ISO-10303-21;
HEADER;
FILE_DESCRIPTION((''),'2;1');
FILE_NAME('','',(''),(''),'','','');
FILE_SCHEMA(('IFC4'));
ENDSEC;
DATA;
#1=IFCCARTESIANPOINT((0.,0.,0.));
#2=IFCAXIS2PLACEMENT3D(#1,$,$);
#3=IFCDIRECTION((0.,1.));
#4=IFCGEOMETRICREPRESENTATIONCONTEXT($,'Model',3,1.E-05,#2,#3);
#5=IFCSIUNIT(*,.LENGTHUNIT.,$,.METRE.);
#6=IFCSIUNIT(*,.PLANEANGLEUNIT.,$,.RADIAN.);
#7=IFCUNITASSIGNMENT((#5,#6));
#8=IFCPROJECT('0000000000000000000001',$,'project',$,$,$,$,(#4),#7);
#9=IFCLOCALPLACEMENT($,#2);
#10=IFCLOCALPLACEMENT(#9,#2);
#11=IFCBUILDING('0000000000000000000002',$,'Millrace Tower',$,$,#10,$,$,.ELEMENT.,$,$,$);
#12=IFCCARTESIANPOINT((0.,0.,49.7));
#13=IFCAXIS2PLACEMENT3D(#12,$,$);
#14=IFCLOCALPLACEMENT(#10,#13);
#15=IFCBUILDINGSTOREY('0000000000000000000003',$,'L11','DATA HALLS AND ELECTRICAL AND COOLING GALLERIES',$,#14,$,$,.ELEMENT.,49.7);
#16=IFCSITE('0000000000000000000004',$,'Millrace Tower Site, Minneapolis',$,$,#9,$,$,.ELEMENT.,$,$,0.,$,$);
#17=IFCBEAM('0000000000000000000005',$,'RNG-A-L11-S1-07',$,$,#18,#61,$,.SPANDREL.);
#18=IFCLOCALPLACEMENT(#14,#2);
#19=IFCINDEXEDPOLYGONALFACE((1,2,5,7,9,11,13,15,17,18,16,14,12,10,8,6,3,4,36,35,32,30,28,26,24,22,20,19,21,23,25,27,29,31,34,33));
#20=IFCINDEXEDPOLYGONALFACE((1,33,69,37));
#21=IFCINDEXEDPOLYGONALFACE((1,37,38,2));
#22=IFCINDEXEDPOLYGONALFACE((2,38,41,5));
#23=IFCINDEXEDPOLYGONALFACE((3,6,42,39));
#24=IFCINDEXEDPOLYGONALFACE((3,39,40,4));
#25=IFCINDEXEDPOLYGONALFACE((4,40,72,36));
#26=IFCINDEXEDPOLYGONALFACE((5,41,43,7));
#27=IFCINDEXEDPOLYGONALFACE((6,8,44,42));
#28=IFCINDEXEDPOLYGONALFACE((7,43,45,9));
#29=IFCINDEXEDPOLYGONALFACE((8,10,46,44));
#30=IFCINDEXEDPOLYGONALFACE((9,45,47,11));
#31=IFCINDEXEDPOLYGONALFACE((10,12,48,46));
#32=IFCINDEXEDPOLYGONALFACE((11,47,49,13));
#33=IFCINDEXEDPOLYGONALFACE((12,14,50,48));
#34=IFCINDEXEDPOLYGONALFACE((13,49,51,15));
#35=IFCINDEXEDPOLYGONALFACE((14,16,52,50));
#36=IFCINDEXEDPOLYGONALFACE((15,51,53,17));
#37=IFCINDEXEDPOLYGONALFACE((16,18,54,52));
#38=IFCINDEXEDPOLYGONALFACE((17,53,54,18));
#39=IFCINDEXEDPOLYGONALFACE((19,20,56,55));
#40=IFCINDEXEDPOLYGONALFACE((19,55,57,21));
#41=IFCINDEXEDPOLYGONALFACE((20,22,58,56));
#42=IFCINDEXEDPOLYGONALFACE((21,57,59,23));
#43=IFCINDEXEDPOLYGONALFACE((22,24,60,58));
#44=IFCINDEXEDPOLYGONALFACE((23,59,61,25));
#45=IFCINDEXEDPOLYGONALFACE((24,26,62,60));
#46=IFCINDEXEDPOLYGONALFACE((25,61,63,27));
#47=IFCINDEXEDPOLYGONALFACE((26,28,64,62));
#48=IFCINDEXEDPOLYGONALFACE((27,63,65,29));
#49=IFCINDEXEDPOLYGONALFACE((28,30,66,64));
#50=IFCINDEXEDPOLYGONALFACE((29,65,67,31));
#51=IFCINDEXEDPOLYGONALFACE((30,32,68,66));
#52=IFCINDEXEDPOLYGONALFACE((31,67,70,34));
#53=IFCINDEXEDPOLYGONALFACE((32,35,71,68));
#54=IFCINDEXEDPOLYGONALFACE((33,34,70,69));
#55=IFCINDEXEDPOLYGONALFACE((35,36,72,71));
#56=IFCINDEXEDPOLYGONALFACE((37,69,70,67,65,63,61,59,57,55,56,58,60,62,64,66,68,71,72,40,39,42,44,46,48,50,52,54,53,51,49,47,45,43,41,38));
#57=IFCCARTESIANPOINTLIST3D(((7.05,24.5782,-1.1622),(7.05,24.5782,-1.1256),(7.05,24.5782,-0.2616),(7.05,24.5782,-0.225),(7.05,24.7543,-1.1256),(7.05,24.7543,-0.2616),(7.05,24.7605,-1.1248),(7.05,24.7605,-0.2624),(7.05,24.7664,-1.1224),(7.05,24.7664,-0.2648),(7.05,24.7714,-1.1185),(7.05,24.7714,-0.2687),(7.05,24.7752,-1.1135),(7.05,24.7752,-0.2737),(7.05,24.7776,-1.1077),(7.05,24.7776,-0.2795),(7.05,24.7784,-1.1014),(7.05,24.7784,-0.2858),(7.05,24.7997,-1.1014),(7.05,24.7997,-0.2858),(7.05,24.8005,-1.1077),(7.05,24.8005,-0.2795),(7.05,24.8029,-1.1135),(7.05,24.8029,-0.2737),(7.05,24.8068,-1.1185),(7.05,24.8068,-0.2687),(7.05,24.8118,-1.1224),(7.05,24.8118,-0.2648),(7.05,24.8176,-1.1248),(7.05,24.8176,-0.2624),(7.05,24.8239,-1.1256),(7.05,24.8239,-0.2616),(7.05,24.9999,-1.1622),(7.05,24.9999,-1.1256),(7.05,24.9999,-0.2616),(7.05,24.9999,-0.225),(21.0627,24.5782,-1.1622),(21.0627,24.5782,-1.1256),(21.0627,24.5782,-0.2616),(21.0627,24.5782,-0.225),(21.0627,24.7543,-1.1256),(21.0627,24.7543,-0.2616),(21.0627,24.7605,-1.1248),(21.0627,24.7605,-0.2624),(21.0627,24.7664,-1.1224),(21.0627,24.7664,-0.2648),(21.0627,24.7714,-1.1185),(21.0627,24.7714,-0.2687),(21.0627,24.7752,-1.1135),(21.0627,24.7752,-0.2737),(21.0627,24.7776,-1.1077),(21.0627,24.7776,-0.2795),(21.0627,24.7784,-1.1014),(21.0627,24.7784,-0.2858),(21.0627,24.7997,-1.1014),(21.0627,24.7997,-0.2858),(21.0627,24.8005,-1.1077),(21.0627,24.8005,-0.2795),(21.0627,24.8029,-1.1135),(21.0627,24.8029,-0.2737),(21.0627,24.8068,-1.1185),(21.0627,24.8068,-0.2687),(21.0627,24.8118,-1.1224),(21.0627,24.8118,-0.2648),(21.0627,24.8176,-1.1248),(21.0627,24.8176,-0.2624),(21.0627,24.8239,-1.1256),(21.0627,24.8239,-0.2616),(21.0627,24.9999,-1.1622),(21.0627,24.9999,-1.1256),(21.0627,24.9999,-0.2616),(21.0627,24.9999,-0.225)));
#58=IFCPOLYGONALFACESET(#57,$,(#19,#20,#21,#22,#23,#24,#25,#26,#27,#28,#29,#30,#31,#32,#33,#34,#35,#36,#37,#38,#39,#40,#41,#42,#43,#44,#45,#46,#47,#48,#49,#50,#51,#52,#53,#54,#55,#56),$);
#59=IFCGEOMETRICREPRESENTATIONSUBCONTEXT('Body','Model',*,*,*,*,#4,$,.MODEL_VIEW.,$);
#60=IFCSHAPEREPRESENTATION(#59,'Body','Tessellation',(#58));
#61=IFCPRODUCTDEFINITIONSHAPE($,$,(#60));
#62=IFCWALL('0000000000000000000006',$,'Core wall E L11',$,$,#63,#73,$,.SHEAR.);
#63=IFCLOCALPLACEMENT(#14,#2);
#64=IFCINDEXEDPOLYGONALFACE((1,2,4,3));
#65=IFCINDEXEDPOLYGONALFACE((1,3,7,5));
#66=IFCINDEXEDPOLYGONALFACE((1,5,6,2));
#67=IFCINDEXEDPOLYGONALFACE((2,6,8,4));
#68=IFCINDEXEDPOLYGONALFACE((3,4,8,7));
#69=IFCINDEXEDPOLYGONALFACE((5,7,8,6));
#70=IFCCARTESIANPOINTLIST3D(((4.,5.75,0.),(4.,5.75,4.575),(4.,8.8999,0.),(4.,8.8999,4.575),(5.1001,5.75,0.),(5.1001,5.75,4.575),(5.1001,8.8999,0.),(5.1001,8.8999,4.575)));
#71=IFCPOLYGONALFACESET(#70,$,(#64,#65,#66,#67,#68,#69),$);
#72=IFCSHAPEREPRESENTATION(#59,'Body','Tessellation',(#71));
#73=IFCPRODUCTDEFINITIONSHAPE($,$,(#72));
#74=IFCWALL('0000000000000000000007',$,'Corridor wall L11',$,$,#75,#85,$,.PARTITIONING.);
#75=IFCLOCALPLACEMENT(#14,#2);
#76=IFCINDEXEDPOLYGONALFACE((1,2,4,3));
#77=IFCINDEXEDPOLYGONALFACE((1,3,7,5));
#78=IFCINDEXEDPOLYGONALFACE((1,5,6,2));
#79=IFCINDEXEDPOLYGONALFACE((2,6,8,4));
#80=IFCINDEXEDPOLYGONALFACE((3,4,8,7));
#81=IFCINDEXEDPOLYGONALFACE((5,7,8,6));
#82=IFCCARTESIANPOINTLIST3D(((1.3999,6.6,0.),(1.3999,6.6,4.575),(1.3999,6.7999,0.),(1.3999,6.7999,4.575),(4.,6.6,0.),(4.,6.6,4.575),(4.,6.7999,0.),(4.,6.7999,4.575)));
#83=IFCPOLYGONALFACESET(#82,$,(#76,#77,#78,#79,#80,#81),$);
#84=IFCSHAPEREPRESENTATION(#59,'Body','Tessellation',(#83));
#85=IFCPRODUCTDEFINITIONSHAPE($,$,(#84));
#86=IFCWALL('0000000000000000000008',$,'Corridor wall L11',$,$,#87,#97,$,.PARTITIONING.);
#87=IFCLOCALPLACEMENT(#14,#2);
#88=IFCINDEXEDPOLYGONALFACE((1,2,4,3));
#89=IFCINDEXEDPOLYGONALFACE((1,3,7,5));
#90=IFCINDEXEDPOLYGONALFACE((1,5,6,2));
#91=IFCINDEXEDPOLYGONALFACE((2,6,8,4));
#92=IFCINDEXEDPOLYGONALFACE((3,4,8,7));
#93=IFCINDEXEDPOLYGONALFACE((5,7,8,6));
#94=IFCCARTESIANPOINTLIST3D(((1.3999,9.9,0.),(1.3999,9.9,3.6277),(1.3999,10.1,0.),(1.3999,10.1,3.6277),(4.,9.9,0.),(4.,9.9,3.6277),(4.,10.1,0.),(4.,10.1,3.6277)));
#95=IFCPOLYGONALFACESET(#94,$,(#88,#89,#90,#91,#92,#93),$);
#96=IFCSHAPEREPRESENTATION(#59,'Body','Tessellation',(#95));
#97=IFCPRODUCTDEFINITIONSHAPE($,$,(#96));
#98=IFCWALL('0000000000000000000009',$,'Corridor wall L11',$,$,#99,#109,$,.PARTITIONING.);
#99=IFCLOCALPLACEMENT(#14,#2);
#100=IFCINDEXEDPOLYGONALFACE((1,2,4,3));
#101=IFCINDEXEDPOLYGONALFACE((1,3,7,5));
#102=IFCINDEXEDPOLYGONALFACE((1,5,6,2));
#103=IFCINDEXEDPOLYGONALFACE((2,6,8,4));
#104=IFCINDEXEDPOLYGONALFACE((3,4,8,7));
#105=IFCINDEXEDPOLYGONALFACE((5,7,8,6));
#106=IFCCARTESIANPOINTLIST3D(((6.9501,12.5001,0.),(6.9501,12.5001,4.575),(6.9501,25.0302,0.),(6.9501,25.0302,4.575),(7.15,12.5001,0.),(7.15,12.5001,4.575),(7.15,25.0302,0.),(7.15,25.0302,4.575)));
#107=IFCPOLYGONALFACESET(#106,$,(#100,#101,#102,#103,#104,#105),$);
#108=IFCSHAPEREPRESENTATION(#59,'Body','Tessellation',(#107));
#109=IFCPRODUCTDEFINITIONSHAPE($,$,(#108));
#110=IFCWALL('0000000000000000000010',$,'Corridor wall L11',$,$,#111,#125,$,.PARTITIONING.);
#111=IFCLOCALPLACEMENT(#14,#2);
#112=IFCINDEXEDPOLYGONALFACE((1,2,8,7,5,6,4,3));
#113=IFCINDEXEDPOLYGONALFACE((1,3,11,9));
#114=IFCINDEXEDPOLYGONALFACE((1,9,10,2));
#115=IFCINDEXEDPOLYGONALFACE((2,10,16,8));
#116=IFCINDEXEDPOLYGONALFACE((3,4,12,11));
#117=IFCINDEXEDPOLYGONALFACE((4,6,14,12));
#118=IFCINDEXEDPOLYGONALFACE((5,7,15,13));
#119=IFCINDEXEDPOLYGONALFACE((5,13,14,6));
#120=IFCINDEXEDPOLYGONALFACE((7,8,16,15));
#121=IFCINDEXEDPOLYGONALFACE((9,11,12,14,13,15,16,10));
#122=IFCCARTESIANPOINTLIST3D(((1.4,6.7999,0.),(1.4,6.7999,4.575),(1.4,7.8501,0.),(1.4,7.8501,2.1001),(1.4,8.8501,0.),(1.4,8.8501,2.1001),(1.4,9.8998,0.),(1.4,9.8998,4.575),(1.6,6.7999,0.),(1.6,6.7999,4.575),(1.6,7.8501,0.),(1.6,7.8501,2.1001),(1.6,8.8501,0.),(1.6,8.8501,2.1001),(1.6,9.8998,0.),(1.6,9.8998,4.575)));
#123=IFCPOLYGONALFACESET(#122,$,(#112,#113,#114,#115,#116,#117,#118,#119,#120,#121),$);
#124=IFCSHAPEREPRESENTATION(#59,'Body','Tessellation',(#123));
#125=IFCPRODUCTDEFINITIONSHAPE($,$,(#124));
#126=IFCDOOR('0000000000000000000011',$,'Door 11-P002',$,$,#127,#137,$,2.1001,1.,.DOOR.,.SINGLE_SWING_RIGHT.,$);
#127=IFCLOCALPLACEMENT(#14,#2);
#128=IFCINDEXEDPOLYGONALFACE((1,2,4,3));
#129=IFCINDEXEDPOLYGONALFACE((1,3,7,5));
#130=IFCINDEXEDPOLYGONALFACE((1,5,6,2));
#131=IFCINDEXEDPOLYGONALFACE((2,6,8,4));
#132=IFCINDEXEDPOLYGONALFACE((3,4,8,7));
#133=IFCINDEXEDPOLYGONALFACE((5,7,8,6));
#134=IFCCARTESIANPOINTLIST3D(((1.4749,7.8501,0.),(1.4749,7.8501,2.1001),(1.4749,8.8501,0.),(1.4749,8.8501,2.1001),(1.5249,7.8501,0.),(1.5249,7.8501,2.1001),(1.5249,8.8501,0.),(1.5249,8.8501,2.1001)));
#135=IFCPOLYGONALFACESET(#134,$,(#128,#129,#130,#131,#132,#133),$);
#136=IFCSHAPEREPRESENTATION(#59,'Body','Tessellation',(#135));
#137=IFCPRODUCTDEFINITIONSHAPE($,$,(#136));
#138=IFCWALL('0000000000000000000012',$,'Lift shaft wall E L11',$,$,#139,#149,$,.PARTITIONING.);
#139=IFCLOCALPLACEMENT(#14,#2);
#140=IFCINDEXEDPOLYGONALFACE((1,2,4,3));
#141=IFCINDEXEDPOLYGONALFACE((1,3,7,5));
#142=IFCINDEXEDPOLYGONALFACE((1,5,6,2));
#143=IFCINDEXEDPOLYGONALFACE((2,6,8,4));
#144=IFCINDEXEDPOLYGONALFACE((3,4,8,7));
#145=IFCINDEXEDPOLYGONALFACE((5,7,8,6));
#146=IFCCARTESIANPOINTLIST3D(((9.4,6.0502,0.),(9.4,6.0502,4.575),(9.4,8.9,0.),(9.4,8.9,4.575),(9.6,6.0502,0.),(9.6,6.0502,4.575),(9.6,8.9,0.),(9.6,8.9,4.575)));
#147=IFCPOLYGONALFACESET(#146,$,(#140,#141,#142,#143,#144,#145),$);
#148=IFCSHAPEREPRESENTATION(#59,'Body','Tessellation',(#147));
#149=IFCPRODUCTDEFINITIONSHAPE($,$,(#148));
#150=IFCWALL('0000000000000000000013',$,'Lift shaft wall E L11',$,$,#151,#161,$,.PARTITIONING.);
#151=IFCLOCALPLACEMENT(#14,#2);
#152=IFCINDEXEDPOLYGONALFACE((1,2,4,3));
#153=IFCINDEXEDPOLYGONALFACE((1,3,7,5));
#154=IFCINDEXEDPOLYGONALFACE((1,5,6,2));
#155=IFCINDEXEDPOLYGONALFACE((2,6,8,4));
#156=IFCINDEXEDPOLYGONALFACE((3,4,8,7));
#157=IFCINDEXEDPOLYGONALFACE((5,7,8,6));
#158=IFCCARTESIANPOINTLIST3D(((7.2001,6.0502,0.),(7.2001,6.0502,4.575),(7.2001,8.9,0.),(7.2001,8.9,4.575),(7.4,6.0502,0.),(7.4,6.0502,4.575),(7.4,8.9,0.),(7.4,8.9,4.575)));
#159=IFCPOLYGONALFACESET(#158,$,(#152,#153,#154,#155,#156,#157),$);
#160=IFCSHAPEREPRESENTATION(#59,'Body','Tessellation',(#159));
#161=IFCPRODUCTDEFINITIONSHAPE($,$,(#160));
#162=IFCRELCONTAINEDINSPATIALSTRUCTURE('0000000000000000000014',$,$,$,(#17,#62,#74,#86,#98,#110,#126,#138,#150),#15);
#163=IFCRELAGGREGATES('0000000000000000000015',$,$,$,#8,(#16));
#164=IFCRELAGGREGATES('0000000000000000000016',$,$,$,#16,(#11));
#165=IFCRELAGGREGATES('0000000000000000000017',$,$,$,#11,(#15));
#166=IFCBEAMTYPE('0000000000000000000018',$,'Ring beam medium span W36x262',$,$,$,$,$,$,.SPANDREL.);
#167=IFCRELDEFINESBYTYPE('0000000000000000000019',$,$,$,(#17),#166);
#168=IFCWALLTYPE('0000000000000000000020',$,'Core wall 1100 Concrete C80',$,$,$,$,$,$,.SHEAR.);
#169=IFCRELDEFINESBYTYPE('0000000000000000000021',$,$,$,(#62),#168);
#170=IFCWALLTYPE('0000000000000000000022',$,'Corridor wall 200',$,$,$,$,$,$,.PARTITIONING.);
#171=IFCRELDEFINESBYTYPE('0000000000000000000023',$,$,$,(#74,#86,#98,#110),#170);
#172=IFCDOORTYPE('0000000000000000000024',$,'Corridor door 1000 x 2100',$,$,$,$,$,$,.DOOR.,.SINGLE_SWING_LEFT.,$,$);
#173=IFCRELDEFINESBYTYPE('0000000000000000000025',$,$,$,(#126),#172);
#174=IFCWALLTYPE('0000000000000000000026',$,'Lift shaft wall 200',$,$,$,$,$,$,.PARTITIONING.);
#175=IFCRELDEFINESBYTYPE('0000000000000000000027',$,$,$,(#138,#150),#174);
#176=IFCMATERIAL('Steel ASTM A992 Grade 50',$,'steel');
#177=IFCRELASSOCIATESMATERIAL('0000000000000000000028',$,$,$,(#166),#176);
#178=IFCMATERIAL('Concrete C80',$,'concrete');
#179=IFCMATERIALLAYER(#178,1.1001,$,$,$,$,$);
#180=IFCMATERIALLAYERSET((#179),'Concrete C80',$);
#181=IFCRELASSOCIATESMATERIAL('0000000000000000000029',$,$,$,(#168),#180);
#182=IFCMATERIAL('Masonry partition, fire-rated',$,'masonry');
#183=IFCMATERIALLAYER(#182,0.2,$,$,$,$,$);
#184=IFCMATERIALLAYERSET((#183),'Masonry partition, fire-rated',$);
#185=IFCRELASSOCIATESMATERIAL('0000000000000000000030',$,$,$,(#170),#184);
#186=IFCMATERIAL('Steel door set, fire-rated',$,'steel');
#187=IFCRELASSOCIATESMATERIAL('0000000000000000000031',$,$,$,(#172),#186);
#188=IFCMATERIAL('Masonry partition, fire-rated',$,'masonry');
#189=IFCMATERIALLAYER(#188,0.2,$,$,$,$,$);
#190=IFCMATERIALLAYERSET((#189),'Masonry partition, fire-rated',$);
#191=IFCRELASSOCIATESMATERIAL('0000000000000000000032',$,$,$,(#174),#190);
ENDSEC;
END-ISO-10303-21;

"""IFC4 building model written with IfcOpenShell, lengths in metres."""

from ifc_helpers import new_model, si_unit, direction, frame, frame_2d, origin, origin_2d, place, context, subcontext, project, spatial, rectangle, i_section, extrude, material, layer, layer_set, material_profile, profile_set, type_object, element, fill, save


model = new_model("IFC4")

# Units and contexts
model_context = context("Model", 3, precision=1e-05, world=origin(), true_north=direction((0.0, 1.0)))
body_context = subcontext(model_context, "Body", "Model", "MODEL_VIEW")
ifc_project = project(units=[si_unit("LENGTHUNIT", "METRE"), si_unit("PLANEANGLEUNIT", "RADIAN")], contexts=[model_context])

# Site, building, storey
site_placement = place(None, origin())
site = spatial("IfcSite", under=ifc_project, at=site_placement, Name="Millrace Tower Site, Minneapolis", CompositionType="ELEMENT", RefElevation=0.0)
building_placement = place(site_placement, origin())
building = spatial("IfcBuilding", under=site, at=building_placement, Name="Millrace Tower", CompositionType="ELEMENT")
storey_placement = place(building_placement, frame((0.0, 0.0, 49.7)))
storey = spatial("IfcBuildingStorey", under=building, at=storey_placement, Name="L11", Description="DATA HALLS AND ELECTRICAL AND COOLING GALLERIES", CompositionType="ELEMENT", Elevation=49.7)

# Beam
ifc_material_1 = material(Name="Steel ASTM A992 Grade 50", Category="steel")
ifc_material_profile_1 = material_profile(ifc_material_1, i_section(OverallWidth=0.4216, OverallDepth=0.9373, WebThickness=0.0212, FlangeThickness=0.0366, FilletRadius=0.0242, at=origin_2d()))
ifc_profile_set_1 = profile_set([ifc_material_profile_1], Name="Steel ASTM A992 Grade 50")
beam_type_1 = type_object("IfcBeamType", Name="Ring beam medium span W36x262", PredefinedType="SPANDREL", material=ifc_profile_set_1)
beam_1_placement = place(storey_placement, frame((7.05, 24.7891, -0.6936), z_axis=(1.0, 0.0, 0.0), x_axis=(0.0, 1.0, 0.0)))
element("IfcBeam", 1, at=beam_1_placement, inside=storey, type_object=beam_type_1, Name="RNG-A-L11-S1-07", PredefinedType="SPANDREL", context=body_context, shape_type="SweptSolid", body=[
    extrude(i_section(OverallWidth=0.4216, OverallDepth=0.9373, WebThickness=0.0212, FlangeThickness=0.0366, FilletRadius=0.0242, at=origin_2d()), origin(), (0.0, 0.0, 1.0), 14.0127),
])

# Walls
ifc_material_2 = material(Name="Concrete C80", Category="concrete")
ifc_layer_1 = layer(ifc_material_2, 1.1001)
ifc_layer_set_1 = layer_set([ifc_layer_1], Name="Concrete C80")
wall_type_1 = type_object("IfcWallType", Name="Core wall 1100 Concrete C80", PredefinedType="SHEAR", material=ifc_layer_set_1)
wall_1_placement = place(storey_placement, frame((4.55, 8.8999, 0.0), z_axis=(0.0, 0.0, 1.0), x_axis=(0.0, -1.0, 0.0)))
element("IfcWall", 2, at=wall_1_placement, inside=storey, type_object=wall_type_1, Name="Core wall E L11", PredefinedType="SHEAR", context=body_context, shape_type="SweptSolid", body=[
    extrude(rectangle(XDim=3.1499, YDim=1.1001, at=frame_2d((1.575, 0.0))), origin(), (0.0, 0.0, 1.0), 4.575),
])
ifc_material_3 = material(Name="Masonry partition, fire-rated", Category="masonry")
ifc_layer_2 = layer(ifc_material_3, 0.2)
ifc_layer_set_2 = layer_set([ifc_layer_2], Name="Masonry partition, fire-rated")
wall_type_2 = type_object("IfcWallType", Name="Corridor wall 200", PredefinedType="PARTITIONING", material=ifc_layer_set_2)
wall_2_placement = place(storey_placement, frame((1.3999, 6.7, 0.0), z_axis=(0.0, 0.0, 1.0), x_axis=(1.0, 0.0, 0.0)))
element("IfcWall", 3, at=wall_2_placement, inside=storey, type_object=wall_type_2, Name="Corridor wall L11", PredefinedType="PARTITIONING", context=body_context, shape_type="SweptSolid", body=[
    extrude(rectangle(XDim=2.6001, YDim=0.2, at=frame_2d((1.3, 0.0))), origin(), (0.0, 0.0, 1.0), 4.575),
])
wall_3_placement = place(storey_placement, frame((1.3999, 10.0, 0.0), z_axis=(0.0, 0.0, 1.0), x_axis=(1.0, 0.0, 0.0)))
element("IfcWall", 4, at=wall_3_placement, inside=storey, type_object=wall_type_2, Name="Corridor wall L11", PredefinedType="PARTITIONING", context=body_context, shape_type="SweptSolid", body=[
    extrude(rectangle(XDim=2.6001, YDim=0.2, at=frame_2d((1.3, 0.0))), origin(), (0.0, 0.0, 1.0), 3.6277),
])
wall_4_placement = place(storey_placement, frame((7.05, 12.5, 0.0), z_axis=(0.0, 0.0, 1.0), x_axis=(0.0, 1.0, 0.0)))
element("IfcWall", 5, at=wall_4_placement, inside=storey, type_object=wall_type_2, Name="Corridor wall L11", PredefinedType="PARTITIONING", context=body_context, shape_type="SweptSolid", body=[
    extrude(rectangle(XDim=12.53, YDim=0.2, at=frame_2d((6.2651, 0.0))), origin(), (0.0, 0.0, 1.0), 4.575),
])

# Wall, opening, door
wall_5_placement = place(storey_placement, frame((1.5, 6.8, 0.0), z_axis=(0.0, 0.0, 1.0), x_axis=(0.0, 1.0, 0.0)))
wall_5 = element("IfcWall", 6, at=wall_5_placement, inside=storey, type_object=wall_type_2, Name="Corridor wall L11", PredefinedType="PARTITIONING", context=body_context, shape_type="SweptSolid", body=[
    extrude(rectangle(XDim=3.0999, YDim=0.2, at=frame_2d((1.5498, 0.0))), origin(), (0.0, 0.0, 1.0), 4.575),
])
opening_1_placement = place(wall_5_placement, frame((1.05, 0.0, 0.0)))
opening_1 = element("IfcOpeningElement", 7, at=opening_1_placement, cuts=wall_5, PredefinedType="OPENING", context=body_context, shape_type="SweptSolid", body=[
    extrude(rectangle(XDim=1.0, YDim=2.1001, at=frame_2d((0.5, 1.05))), frame((0.0, 0.1099, 0.0), z_axis=(0.0, -1.0, 0.0), x_axis=(1.0, 0.0, 0.0)), (0.0, 0.0, 1.0), 0.22),
])
ifc_material_4 = material(Name="Steel door set, fire-rated", Category="steel")
door_type_1 = type_object("IfcDoorType", Name="Corridor door 1000 x 2100", OperationType="SINGLE_SWING_LEFT", PredefinedType="DOOR", material=ifc_material_4)
door_1_placement = place(opening_1_placement, frame((1.0, 0.0, 0.0), z_axis=(0.0, 0.0, 1.0), x_axis=(-1.0, 0.0, 0.0)))
door_1 = element("IfcDoor", 8, at=door_1_placement, inside=storey, type_object=door_type_1, Name="Door 11-P002", OperationType="SINGLE_SWING_RIGHT", OverallHeight=2.1001, OverallWidth=1.0, PredefinedType="DOOR", context=body_context, shape_type="SweptSolid", body=[
    extrude(rectangle(XDim=1.0, YDim=2.1001, at=frame_2d((0.5, 1.05))), frame((0.0, 0.0249, 0.0), z_axis=(0.0, -1.0, 0.0), x_axis=(1.0, 0.0, 0.0)), (0.0, 0.0, 1.0), 0.05),
])
fill(opening_1, door_1)

# Walls
ifc_material_5 = material(Name="Masonry partition, fire-rated", Category="masonry")
ifc_layer_3 = layer(ifc_material_5, 0.2)
ifc_layer_set_3 = layer_set([ifc_layer_3], Name="Masonry partition, fire-rated")
wall_type_3 = type_object("IfcWallType", Name="Lift shaft wall 200", PredefinedType="PARTITIONING", material=ifc_layer_set_3)
for number, where, z_axis, x_axis, name in (
    (9, (9.5, 8.8999, 0.0), (0.0, 0.0, 1.0), (0.0, -1.0, 0.0), "Lift shaft wall E L11"),
    (10, (7.3, 8.8999, 0.0), (0.0, 0.0, 1.0), (0.0, -1.0, 0.0), "Lift shaft wall E L11"),
):
    element("IfcWall", number, at=place(storey_placement, frame(where, z_axis=z_axis, x_axis=x_axis)), inside=storey, type_object=wall_type_3, Name=name, PredefinedType="PARTITIONING", context=body_context, shape_type="SweptSolid", body=[
        extrude(rectangle(XDim=2.8499, YDim=0.2, at=frame_2d((1.4248, 0.0))), origin(), (0.0, 0.0, 1.0), 4.575),
    ])

save(model, "model.ifc")
